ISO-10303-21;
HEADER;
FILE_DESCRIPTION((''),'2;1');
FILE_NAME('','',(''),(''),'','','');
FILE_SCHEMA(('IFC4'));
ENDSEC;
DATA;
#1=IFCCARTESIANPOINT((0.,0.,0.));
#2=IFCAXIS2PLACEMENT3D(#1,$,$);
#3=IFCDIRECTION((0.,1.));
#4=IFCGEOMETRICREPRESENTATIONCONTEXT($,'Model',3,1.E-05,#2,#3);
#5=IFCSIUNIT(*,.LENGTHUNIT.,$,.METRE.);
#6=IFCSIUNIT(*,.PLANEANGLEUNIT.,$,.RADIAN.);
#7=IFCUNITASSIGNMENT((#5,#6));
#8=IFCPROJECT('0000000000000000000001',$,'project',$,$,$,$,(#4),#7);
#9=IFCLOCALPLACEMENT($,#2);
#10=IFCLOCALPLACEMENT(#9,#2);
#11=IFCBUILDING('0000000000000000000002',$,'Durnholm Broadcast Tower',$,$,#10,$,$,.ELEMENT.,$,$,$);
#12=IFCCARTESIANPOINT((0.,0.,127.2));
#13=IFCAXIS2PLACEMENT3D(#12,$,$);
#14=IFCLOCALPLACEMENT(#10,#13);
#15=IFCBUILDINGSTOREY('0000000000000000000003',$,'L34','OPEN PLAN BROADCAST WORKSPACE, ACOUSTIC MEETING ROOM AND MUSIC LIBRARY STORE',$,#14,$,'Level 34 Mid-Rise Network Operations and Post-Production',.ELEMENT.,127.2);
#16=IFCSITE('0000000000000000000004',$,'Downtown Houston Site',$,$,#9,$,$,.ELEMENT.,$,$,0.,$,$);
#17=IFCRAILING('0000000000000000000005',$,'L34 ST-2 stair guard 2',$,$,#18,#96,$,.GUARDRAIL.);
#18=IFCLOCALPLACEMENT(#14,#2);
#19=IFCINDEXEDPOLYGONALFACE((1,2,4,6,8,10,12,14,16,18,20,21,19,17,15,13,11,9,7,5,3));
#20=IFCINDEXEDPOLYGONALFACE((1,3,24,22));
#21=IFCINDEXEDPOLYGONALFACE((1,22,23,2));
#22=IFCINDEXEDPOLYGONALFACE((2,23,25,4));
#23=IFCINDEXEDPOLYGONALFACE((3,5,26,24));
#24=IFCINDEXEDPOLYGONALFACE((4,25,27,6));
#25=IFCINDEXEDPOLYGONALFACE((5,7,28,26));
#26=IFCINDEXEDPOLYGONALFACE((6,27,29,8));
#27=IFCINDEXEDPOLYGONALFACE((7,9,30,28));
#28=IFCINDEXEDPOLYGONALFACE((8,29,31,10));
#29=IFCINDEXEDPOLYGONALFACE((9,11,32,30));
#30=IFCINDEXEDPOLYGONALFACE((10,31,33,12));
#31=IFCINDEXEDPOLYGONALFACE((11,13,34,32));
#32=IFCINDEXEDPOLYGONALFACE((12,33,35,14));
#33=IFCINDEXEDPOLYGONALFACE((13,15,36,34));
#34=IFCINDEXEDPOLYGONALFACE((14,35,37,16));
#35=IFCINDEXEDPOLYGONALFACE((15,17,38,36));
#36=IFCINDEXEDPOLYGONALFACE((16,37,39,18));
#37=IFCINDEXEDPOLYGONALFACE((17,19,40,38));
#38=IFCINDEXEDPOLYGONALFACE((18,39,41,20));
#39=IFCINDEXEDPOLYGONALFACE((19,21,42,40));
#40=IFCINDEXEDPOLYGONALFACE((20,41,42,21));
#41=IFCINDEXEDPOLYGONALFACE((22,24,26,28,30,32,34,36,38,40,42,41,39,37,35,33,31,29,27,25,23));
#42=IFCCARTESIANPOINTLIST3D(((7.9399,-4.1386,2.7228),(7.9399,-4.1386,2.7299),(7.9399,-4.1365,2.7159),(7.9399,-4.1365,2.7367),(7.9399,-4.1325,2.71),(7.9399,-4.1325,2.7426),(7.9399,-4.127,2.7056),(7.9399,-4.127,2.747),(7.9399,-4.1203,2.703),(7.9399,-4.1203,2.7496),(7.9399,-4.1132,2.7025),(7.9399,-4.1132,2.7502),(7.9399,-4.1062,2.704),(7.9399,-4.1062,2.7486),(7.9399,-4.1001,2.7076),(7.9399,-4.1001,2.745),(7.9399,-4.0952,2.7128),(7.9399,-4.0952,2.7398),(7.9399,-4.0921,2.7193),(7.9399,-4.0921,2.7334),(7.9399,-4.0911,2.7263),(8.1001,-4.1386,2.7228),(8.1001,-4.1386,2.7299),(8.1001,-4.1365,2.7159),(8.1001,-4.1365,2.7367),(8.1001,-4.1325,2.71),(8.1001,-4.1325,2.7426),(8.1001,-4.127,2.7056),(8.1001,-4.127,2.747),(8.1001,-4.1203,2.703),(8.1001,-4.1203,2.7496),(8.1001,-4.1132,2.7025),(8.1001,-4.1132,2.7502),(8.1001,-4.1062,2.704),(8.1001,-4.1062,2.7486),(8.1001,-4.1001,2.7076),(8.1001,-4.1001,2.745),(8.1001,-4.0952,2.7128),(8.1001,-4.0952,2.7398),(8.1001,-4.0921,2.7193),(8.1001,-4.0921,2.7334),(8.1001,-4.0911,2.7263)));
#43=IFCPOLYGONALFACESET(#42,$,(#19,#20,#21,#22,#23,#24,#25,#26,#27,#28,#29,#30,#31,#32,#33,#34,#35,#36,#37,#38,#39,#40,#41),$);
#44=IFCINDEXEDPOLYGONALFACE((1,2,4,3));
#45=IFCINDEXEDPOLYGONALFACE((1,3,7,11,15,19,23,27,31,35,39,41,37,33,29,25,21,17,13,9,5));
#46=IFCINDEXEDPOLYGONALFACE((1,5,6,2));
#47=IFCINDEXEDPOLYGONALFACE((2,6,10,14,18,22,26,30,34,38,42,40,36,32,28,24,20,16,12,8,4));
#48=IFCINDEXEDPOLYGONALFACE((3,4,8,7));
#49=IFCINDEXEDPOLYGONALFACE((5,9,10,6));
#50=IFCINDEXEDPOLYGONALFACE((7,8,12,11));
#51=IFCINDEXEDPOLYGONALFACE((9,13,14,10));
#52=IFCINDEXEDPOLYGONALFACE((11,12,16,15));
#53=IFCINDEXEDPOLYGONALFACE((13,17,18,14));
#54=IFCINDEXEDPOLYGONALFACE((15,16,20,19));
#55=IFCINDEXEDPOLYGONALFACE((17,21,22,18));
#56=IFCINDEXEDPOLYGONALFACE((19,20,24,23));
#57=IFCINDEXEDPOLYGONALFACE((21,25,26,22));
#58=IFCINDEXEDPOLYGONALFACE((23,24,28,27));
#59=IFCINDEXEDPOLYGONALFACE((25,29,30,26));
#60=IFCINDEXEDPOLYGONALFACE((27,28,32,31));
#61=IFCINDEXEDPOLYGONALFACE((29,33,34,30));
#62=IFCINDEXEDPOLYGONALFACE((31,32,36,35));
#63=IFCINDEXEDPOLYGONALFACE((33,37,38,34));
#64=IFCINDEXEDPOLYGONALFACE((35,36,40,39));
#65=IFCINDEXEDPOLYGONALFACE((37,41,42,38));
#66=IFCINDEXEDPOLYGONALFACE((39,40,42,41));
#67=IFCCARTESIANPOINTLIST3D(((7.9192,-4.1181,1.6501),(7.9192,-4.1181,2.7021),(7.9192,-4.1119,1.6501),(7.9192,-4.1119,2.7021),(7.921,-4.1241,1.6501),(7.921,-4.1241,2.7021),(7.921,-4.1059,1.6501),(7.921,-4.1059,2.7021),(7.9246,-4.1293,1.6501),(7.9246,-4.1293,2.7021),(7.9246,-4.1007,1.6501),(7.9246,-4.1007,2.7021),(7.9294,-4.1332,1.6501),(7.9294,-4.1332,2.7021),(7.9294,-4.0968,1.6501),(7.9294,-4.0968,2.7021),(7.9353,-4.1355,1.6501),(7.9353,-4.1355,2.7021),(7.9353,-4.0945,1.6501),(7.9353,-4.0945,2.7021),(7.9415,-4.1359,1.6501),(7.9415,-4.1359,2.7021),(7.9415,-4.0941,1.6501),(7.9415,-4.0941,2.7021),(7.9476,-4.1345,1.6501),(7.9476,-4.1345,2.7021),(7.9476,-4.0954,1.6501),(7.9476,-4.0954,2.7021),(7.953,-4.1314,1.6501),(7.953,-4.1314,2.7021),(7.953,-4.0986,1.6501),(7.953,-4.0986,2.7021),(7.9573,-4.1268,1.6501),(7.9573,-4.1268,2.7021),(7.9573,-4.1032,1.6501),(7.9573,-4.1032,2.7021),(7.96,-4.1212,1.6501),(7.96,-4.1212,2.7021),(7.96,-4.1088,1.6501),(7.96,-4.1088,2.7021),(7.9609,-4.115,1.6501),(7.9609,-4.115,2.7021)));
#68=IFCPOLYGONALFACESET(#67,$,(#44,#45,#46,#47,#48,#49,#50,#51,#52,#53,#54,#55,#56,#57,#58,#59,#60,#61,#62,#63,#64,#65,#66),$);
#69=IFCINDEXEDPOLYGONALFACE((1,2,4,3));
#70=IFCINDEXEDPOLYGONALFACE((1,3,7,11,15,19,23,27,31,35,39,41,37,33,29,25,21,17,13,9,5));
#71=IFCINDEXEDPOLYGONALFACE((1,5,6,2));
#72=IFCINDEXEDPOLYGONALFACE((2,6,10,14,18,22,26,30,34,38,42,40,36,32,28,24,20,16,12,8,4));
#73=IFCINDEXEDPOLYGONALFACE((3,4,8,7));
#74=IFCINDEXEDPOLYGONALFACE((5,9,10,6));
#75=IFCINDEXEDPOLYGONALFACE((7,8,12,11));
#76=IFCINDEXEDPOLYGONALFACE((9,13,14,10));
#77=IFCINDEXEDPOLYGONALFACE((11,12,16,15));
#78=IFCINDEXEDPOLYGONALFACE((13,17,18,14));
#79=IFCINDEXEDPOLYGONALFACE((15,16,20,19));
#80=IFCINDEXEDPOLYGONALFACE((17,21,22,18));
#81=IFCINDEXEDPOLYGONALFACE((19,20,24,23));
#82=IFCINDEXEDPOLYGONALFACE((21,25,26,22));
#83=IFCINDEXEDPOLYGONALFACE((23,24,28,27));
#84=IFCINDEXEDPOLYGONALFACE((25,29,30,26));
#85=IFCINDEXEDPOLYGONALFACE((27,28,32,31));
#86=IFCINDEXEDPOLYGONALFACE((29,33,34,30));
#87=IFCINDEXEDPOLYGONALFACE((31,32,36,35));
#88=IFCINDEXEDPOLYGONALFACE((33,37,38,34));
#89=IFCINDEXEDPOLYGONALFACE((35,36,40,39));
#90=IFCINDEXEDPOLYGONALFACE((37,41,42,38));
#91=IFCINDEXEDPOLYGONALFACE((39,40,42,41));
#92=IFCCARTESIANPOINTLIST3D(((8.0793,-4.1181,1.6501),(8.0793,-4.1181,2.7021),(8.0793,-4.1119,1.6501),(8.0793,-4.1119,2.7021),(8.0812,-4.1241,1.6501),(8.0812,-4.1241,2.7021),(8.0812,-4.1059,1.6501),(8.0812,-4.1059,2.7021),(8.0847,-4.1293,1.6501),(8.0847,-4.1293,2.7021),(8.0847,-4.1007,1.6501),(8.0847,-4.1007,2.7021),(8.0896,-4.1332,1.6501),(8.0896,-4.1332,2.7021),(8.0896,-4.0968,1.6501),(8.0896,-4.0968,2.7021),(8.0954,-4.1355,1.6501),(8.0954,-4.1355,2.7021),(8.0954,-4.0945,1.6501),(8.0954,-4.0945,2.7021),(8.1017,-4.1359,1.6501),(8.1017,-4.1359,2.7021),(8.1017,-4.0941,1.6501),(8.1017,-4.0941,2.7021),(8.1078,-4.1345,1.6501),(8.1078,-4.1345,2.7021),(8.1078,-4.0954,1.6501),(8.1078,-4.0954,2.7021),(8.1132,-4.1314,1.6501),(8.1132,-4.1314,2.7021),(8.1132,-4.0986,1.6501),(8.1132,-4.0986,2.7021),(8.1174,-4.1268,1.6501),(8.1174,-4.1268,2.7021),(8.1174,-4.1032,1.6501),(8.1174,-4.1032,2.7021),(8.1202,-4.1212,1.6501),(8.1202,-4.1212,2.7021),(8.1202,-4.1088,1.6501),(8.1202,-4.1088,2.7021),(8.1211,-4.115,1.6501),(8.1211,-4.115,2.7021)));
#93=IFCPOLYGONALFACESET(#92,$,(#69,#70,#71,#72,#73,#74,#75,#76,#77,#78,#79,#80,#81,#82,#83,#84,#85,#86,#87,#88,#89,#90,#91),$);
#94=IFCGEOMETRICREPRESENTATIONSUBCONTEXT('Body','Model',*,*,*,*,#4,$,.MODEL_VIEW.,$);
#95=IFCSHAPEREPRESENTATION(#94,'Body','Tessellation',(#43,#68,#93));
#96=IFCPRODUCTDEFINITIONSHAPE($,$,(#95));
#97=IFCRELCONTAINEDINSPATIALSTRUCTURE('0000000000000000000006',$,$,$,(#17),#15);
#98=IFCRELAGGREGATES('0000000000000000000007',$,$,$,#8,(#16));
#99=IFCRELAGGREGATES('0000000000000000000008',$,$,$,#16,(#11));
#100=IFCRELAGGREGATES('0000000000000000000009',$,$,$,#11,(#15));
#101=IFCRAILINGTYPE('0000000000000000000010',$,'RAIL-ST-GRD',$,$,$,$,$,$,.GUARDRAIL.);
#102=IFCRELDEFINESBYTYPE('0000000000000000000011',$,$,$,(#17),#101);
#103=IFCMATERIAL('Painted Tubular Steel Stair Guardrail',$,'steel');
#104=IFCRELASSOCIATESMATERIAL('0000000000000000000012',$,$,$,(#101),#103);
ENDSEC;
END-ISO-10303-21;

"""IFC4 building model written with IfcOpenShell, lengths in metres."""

from ifc_helpers import new_model, si_unit, direction, frame, origin, origin_2d, place, context, subcontext, project, spatial, circle, extrude, material, type_object, element, save


model = new_model("IFC4")

# Units and contexts
model_context = context("Model", 3, precision=1e-05, world=origin(), true_north=direction((0.0, 1.0)))
body_context = subcontext(model_context, "Body", "Model", "MODEL_VIEW")
ifc_project = project(units=[si_unit("LENGTHUNIT", "METRE"), si_unit("PLANEANGLEUNIT", "RADIAN")], contexts=[model_context])

# Site, building, storey
site_placement = place(None, origin())
site = spatial("IfcSite", under=ifc_project, at=site_placement, Name="Downtown Houston Site", CompositionType="ELEMENT", RefElevation=0.0)
building_placement = place(site_placement, origin())
building = spatial("IfcBuilding", under=site, at=building_placement, Name="Durnholm Broadcast Tower", CompositionType="ELEMENT")
storey_placement = place(building_placement, frame((0.0, 0.0, 127.2)))
storey = spatial("IfcBuildingStorey", under=building, at=storey_placement, Name="L34", Description="OPEN PLAN BROADCAST WORKSPACE, ACOUSTIC MEETING ROOM AND MUSIC LIBRARY STORE", LongName="Level 34 Mid-Rise Network Operations and Post-Production", CompositionType="ELEMENT", Elevation=127.2)

# Railing
ifc_material_1 = material(Name="Painted Tubular Steel Stair Guardrail", Category="steel")
railing_type_1 = type_object("IfcRailingType", Name="RAIL-ST-GRD", PredefinedType="GUARDRAIL", material=ifc_material_1)
railing_1_placement = place(storey_placement, frame((7.9399, -4.115, 1.6501)))
element("IfcRailing", 1, at=railing_1_placement, inside=storey, type_object=railing_type_1, Name="L34 ST-2 stair guard 2", PredefinedType="GUARDRAIL", context=body_context, shape_type="SweptSolid", body=[
    extrude(circle(Radius=0.0239, at=origin_2d()), frame((0.0, 0.0, 1.0762), z_axis=(1.0, 0.0, 0.0), x_axis=(0.0, 1.0, 0.0)), (0.0, 0.0, 1.0), 0.1602),
    extrude(circle(Radius=0.021, at=origin_2d()), origin(), (0.0, 0.0, 1.0), 1.052),
    extrude(circle(Radius=0.021, at=origin_2d()), frame((0.1602, 0.0, 0.0)), (0.0, 0.0, 1.0), 1.052),
])

save(model, "model.ifc")
